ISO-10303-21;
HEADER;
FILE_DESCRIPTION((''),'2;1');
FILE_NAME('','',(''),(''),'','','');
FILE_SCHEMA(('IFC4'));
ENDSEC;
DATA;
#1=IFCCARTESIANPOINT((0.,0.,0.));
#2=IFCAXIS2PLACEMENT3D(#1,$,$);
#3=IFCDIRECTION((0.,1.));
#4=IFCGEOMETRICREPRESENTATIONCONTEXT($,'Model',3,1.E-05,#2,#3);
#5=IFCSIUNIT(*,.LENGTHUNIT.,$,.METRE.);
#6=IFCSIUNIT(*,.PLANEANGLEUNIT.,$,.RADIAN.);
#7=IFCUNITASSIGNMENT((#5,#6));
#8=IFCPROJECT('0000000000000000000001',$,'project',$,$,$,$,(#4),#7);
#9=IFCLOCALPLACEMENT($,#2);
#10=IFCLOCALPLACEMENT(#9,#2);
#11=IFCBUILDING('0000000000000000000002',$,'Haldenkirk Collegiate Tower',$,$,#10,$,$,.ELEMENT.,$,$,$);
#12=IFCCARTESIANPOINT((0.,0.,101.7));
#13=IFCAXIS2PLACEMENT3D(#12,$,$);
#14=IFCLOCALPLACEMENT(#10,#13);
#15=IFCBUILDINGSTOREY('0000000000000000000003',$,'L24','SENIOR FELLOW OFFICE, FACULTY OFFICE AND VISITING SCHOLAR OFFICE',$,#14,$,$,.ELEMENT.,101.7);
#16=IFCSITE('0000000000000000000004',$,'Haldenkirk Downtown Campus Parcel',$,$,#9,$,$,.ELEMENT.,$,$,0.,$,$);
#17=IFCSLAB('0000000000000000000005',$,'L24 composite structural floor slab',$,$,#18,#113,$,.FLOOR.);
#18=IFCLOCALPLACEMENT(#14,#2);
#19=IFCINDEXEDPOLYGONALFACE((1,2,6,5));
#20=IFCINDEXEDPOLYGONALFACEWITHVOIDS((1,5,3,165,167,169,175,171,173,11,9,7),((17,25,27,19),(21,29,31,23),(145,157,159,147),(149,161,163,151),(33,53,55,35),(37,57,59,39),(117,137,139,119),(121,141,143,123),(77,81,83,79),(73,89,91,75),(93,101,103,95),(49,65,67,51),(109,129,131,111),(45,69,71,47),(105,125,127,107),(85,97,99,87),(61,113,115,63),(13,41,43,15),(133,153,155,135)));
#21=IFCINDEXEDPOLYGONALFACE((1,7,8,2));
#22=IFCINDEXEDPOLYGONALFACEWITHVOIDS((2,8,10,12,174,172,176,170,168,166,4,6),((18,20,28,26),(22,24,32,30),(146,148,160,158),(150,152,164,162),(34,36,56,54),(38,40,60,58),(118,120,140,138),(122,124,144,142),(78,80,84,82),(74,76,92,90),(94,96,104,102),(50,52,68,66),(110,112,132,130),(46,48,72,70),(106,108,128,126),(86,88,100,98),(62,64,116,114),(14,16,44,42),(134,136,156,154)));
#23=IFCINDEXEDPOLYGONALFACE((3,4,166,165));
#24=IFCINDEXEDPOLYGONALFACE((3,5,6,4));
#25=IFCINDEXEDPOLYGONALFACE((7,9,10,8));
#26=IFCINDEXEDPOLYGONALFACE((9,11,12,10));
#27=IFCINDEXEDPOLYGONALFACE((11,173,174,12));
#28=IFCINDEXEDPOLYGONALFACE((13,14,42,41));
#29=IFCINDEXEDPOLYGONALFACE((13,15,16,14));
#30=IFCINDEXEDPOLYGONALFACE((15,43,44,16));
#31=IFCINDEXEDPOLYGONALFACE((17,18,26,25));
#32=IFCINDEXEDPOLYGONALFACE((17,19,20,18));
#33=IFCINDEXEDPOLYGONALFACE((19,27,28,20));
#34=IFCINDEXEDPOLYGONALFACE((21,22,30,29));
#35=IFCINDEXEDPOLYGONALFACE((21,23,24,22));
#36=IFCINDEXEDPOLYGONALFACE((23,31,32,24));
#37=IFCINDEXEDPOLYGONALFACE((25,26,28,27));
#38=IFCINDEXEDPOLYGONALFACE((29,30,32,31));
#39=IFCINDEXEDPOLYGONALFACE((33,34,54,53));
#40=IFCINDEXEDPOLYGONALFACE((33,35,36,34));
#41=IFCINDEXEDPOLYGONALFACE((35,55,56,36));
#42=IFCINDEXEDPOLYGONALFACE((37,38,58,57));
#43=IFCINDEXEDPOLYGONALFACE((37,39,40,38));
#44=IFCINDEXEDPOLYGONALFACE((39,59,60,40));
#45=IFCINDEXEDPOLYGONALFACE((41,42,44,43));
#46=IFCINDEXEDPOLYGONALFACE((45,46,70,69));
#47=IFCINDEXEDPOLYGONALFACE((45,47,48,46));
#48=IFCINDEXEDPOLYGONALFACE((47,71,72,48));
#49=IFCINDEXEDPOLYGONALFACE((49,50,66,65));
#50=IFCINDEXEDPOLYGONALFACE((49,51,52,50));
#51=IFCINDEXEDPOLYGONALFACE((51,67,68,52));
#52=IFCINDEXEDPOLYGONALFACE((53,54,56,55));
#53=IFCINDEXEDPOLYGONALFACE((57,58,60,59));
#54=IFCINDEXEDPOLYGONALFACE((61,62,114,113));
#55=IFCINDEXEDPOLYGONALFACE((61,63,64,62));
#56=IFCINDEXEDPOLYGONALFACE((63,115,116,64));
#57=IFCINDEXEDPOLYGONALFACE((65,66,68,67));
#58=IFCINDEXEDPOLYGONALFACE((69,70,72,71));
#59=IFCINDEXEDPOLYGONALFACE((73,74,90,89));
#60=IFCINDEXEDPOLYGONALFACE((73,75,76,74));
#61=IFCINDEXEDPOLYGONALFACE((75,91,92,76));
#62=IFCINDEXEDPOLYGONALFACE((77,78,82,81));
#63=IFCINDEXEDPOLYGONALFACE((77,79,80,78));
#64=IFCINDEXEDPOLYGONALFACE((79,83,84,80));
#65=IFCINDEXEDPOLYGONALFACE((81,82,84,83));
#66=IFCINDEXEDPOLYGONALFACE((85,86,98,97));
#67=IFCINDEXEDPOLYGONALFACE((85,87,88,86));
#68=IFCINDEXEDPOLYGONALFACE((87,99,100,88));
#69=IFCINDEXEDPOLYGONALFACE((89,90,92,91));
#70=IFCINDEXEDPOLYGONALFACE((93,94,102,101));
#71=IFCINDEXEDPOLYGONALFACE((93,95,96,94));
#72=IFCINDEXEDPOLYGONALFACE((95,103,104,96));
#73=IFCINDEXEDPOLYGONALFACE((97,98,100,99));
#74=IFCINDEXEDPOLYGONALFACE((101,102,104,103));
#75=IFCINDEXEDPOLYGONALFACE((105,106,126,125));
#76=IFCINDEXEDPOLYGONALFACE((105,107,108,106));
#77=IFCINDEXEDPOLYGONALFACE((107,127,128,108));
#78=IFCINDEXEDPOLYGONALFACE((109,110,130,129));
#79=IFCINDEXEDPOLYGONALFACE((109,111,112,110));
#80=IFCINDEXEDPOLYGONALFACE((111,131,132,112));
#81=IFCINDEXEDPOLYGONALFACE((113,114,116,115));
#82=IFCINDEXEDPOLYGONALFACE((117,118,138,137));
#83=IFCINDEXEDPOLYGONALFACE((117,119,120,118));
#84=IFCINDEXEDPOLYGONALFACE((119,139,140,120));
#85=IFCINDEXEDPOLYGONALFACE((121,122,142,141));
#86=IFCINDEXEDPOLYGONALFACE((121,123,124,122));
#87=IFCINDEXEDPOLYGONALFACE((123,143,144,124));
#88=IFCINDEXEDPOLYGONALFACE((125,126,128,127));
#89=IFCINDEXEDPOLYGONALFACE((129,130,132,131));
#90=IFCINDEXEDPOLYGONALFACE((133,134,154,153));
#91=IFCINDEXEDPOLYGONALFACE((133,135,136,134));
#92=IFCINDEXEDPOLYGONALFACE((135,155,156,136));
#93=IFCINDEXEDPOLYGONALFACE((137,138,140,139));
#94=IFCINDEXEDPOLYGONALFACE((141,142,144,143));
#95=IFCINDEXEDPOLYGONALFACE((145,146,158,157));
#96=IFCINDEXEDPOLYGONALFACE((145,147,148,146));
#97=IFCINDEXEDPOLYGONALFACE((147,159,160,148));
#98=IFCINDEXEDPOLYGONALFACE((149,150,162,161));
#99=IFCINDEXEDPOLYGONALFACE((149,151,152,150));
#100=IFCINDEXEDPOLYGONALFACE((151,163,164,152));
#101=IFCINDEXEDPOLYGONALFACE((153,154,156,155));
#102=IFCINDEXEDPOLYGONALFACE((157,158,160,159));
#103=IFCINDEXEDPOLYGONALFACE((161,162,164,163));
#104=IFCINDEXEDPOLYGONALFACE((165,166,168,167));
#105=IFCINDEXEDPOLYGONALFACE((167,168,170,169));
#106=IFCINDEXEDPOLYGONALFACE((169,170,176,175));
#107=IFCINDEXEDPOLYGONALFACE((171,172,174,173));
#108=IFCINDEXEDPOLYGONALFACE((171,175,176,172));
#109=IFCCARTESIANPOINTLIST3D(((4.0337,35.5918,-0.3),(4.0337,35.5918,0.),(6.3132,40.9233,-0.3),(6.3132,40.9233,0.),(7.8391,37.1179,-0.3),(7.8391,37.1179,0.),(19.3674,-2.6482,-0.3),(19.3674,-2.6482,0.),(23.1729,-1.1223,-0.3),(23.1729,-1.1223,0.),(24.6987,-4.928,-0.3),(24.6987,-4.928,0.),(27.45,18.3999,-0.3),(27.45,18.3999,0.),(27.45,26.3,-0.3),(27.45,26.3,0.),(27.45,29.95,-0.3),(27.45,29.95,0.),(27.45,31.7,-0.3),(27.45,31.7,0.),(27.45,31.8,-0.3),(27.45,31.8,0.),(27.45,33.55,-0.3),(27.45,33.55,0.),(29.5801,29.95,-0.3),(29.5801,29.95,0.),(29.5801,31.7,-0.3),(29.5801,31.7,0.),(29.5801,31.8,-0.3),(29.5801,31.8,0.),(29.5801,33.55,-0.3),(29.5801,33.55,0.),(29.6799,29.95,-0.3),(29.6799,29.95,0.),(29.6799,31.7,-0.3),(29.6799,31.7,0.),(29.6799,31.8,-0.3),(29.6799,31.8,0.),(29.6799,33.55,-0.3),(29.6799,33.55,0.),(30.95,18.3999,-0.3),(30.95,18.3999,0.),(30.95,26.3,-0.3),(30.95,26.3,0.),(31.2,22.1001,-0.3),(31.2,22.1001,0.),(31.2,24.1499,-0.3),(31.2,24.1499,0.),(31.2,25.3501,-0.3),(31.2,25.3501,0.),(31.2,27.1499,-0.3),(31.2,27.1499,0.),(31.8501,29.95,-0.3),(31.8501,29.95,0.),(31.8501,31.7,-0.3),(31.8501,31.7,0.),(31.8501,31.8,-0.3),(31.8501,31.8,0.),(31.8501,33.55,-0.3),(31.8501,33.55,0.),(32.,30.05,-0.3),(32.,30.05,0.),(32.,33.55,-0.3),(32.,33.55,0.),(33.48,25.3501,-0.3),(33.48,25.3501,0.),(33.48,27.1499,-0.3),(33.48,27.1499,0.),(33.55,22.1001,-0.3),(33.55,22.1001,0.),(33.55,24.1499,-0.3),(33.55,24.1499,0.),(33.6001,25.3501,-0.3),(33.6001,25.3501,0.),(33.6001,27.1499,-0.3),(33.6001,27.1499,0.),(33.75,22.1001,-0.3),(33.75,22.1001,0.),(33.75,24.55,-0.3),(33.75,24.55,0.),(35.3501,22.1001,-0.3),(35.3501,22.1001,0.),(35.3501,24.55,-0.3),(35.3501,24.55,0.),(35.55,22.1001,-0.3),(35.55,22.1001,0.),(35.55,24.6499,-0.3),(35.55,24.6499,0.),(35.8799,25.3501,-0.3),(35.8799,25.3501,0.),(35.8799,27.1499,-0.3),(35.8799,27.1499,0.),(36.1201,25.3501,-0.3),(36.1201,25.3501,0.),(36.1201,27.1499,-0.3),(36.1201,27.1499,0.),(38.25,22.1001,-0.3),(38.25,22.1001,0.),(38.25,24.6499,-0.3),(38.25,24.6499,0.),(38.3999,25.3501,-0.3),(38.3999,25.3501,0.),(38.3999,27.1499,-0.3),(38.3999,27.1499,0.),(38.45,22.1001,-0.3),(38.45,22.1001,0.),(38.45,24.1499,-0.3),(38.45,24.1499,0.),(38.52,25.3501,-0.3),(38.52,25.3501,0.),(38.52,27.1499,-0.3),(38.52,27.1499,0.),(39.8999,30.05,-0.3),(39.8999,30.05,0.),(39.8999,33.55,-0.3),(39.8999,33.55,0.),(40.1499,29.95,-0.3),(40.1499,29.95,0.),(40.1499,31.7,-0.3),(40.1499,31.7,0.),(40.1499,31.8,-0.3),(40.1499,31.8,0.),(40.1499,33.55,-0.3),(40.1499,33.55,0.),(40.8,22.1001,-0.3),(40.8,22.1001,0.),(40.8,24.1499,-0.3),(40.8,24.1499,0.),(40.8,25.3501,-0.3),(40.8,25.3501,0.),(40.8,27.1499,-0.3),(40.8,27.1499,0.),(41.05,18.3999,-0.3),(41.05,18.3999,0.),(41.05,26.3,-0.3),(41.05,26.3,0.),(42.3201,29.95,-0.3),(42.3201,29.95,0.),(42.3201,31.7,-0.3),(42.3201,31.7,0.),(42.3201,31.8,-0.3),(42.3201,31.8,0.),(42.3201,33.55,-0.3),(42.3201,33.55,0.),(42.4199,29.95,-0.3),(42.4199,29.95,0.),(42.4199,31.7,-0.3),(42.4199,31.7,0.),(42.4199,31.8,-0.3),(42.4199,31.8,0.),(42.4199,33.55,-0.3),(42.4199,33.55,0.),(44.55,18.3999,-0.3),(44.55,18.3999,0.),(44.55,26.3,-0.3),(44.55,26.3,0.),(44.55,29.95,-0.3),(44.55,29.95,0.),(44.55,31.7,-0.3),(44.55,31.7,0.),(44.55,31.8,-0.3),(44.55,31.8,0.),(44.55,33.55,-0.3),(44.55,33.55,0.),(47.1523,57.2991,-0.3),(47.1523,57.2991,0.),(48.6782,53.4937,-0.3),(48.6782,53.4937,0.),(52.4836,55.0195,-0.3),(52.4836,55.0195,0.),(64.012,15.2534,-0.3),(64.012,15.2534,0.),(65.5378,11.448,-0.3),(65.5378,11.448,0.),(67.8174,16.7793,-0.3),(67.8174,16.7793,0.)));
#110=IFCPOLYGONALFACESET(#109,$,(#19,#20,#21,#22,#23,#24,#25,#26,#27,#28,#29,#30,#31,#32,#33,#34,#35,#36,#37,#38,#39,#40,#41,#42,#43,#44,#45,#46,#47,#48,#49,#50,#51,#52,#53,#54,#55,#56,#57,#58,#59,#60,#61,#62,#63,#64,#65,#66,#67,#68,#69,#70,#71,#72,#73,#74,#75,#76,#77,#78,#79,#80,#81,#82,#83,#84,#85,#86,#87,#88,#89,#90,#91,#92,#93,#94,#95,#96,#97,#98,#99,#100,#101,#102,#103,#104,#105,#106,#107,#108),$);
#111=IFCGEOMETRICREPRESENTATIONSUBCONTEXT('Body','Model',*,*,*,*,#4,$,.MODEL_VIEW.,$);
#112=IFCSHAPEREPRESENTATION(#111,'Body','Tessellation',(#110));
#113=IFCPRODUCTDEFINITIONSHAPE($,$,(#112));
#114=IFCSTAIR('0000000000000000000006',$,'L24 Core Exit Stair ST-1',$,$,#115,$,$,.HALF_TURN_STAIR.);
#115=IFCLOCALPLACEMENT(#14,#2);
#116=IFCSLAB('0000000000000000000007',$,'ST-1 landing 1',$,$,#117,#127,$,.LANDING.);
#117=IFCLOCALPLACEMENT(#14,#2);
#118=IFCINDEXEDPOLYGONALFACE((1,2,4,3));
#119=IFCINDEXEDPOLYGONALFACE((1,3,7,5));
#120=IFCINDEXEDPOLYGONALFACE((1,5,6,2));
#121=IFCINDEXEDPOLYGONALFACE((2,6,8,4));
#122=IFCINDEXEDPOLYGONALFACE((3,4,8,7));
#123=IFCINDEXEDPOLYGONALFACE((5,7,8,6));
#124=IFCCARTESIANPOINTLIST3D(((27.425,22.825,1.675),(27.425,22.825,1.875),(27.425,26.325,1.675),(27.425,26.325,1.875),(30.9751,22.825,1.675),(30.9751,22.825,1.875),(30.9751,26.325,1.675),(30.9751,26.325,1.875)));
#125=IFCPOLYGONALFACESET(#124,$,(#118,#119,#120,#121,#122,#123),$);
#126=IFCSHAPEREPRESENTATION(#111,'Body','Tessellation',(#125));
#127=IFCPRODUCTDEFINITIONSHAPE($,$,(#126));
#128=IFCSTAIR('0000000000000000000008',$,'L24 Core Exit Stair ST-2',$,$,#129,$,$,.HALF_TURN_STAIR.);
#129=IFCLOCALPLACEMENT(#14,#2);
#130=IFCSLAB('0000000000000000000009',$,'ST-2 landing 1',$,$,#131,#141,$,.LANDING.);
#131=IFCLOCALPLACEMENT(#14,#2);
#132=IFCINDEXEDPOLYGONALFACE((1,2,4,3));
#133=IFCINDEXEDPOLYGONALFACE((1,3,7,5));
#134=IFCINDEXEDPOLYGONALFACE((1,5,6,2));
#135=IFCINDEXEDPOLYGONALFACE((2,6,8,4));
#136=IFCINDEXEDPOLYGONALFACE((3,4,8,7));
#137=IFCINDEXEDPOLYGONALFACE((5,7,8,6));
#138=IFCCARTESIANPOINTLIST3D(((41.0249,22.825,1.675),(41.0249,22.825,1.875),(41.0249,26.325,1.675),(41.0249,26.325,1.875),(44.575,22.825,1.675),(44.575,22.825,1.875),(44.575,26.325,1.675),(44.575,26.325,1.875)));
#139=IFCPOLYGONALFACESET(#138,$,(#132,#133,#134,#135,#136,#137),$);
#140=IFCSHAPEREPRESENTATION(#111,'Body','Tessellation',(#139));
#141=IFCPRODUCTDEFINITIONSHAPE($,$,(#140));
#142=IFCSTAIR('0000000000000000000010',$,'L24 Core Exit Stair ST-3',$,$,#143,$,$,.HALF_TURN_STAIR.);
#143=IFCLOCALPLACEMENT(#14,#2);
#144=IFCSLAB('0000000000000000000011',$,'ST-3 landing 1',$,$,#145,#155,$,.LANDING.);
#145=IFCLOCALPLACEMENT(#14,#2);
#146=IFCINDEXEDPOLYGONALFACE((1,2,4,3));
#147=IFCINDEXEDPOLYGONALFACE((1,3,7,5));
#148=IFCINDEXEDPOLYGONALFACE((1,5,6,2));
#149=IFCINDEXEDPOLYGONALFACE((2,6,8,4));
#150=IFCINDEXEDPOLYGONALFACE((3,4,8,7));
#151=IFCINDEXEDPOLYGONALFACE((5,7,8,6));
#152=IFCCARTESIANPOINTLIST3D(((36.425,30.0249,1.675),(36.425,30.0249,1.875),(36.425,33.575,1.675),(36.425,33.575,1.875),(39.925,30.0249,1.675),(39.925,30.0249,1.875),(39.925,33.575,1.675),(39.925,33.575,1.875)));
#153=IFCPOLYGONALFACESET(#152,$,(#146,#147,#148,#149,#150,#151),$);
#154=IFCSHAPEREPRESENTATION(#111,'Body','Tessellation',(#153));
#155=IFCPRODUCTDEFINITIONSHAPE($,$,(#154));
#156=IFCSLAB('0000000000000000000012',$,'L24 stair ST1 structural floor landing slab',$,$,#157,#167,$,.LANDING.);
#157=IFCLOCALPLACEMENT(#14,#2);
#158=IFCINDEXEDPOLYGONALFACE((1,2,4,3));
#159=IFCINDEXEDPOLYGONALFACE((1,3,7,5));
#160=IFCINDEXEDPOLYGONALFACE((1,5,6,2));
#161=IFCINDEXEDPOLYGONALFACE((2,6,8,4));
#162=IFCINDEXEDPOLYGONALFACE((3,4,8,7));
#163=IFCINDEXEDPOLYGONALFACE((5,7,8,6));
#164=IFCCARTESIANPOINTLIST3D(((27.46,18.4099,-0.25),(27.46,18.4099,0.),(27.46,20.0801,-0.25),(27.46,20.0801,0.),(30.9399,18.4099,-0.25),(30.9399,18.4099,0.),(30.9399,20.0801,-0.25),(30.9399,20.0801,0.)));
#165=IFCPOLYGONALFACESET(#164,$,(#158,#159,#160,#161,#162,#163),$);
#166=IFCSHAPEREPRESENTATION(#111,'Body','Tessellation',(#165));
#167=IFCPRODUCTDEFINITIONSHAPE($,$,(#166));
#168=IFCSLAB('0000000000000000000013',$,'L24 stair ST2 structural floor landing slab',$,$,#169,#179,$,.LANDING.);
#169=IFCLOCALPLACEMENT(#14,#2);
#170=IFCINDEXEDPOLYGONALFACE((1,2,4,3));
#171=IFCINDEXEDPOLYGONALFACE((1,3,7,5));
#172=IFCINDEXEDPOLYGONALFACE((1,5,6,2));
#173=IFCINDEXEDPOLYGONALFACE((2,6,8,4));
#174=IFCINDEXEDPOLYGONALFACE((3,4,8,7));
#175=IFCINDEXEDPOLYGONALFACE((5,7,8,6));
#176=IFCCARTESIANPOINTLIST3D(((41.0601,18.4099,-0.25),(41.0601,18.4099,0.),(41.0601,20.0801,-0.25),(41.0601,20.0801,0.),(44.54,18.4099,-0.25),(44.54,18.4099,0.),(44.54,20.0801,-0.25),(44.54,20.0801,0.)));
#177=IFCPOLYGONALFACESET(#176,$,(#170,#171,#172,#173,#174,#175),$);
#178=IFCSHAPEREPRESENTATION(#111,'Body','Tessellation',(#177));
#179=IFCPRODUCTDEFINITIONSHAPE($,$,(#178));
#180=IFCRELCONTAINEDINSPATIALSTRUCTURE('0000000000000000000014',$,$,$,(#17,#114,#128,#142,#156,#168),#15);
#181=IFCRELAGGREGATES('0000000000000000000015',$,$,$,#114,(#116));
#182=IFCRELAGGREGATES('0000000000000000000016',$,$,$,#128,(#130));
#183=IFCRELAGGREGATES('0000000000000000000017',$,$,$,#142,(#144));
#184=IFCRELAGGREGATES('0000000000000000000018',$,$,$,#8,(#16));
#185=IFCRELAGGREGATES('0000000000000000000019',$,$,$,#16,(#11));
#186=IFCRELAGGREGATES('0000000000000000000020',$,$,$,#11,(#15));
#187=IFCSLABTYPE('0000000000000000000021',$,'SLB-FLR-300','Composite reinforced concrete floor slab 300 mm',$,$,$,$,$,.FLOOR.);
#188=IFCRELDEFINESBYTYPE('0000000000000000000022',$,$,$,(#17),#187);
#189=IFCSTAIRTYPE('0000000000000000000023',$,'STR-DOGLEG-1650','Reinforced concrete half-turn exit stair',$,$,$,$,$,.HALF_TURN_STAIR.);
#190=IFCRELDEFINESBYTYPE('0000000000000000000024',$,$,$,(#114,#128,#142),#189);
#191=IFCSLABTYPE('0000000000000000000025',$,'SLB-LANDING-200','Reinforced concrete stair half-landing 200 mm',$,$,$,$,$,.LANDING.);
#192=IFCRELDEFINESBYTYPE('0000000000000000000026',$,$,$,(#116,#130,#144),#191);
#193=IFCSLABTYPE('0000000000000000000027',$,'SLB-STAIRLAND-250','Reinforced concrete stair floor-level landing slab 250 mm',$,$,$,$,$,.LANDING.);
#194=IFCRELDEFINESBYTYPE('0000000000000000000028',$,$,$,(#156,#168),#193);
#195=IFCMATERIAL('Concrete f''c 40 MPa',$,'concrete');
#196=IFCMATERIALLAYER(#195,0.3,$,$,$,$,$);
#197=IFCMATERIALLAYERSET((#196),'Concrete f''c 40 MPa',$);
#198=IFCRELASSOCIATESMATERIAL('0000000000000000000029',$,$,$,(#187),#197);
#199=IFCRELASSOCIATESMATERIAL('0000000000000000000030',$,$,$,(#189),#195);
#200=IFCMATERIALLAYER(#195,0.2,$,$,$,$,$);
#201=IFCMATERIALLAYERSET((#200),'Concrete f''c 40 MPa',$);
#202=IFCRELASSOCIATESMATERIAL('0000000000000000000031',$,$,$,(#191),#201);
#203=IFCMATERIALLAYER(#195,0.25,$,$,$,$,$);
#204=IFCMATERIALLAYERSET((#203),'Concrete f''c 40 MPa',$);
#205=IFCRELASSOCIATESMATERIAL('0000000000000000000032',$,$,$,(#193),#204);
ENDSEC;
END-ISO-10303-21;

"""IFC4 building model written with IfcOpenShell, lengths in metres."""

from ifc_helpers import new_model, si_unit, direction, frame, origin, place, context, subcontext, project, spatial, polyline, outline, extrude, material, layer, layer_set, type_object, element, aggregate, save


model = new_model("IFC4")

# Units and contexts
model_context = context("Model", 3, precision=1e-05, world=origin(), true_north=direction((0.0, 1.0)))
body_context = subcontext(model_context, "Body", "Model", "MODEL_VIEW")
ifc_project = project(units=[si_unit("LENGTHUNIT", "METRE"), si_unit("PLANEANGLEUNIT", "RADIAN")], contexts=[model_context])

# Site, building, storey
site_placement = place(None, origin())
site = spatial("IfcSite", under=ifc_project, at=site_placement, Name="Haldenkirk Downtown Campus Parcel", CompositionType="ELEMENT", RefElevation=0.0)
building_placement = place(site_placement, origin())
building = spatial("IfcBuilding", under=site, at=building_placement, Name="Haldenkirk Collegiate Tower", CompositionType="ELEMENT")
storey_placement = place(building_placement, frame((0.0, 0.0, 101.7)))
storey = spatial("IfcBuildingStorey", under=building, at=storey_placement, Name="L24", Description="SENIOR FELLOW OFFICE, FACULTY OFFICE AND VISITING SCHOLAR OFFICE", CompositionType="ELEMENT", Elevation=101.7)

# Slab
ifc_material_1 = material(Name="Concrete f'c 40 MPa", Category="concrete")
ifc_layer_1 = layer(ifc_material_1, 0.3)
ifc_layer_set_1 = layer_set([ifc_layer_1], Name="Concrete f'c 40 MPa")
slab_type_1 = type_object("IfcSlabType", Name="SLB-FLR-300", Description="Composite reinforced concrete floor slab 300 mm", PredefinedType="FLOOR", material=ifc_layer_set_1)
slab_1_placement = place(storey_placement, frame((0.0, 0.0, -0.3)))
element("IfcSlab", 1, at=slab_1_placement, inside=storey, type_object=slab_type_1, Name="L24 composite structural floor slab", PredefinedType="FLOOR", context=body_context, shape_type="SweptSolid", body=[
    extrude(outline(polyline([(24.6987, -4.928), (65.5378, 11.448), (64.012, 15.2534), (67.8174, 16.7793), (52.4836, 55.0195), (48.6782, 53.4937), (47.1523, 57.2991), (6.3132, 40.9233), (7.8391, 37.1179), (4.0337, 35.5918), (19.3674, -2.6482), (23.1729, -1.1223), (24.6987, -4.928)]), holes=[polyline([(27.45, 18.3999), (30.95, 18.3999), (30.95, 26.3), (27.45, 26.3), (27.45, 18.3999)]), polyline([(41.05, 18.3999), (44.55, 18.3999), (44.55, 26.3), (41.05, 26.3), (41.05, 18.3999)]), polyline([(32.0, 30.05), (39.8999, 30.05), (39.8999, 33.55), (32.0, 33.55), (32.0, 30.05)]), polyline([(33.75, 22.1001), (35.3501, 22.1001), (35.3501, 24.55), (33.75, 24.55), (33.75, 22.1001)]), polyline([(27.45, 29.95), (29.5801, 29.95), (29.5801, 31.7), (27.45, 31.7), (27.45, 29.95)]), polyline([(29.6799, 29.95), (31.8501, 29.95), (31.8501, 31.7), (29.6799, 31.7), (29.6799, 29.95)]), polyline([(27.45, 31.8), (29.5801, 31.8), (29.5801, 33.55), (27.45, 33.55), (27.45, 31.8)]), polyline([(29.6799, 31.8), (31.8501, 31.8), (31.8501, 33.55), (29.6799, 33.55), (29.6799, 31.8)]), polyline([(40.1499, 29.95), (42.3201, 29.95), (42.3201, 31.7), (40.1499, 31.7), (40.1499, 29.95)]), polyline([(42.4199, 29.95), (44.55, 29.95), (44.55, 31.7), (42.4199, 31.7), (42.4199, 29.95)]), polyline([(40.1499, 31.8), (42.3201, 31.8), (42.3201, 33.55), (40.1499, 33.55), (40.1499, 31.8)]), polyline([(42.4199, 31.8), (44.55, 31.8), (44.55, 33.55), (42.4199, 33.55), (42.4199, 31.8)]), polyline([(31.2, 25.3501), (33.48, 25.3501), (33.48, 27.1499), (31.2, 27.1499), (31.2, 25.3501)]), polyline([(33.6001, 25.3501), (35.8799, 25.3501), (35.8799, 27.1499), (33.6001, 27.1499), (33.6001, 25.3501)]), polyline([(36.1201, 25.3501), (38.3999, 25.3501), (38.3999, 27.1499), (36.1201, 27.1499), (36.1201, 25.3501)]), polyline([(38.52, 25.3501), (40.8, 25.3501), (40.8, 27.1499), (38.52, 27.1499), (38.52, 25.3501)]), polyline([(31.2, 22.1001), (33.55, 22.1001), (33.55, 24.1499), (31.2, 24.1499), (31.2, 22.1001)]), polyline([(38.45, 22.1001), (40.8, 22.1001), (40.8, 24.1499), (38.45, 24.1499), (38.45, 22.1001)]), polyline([(35.55, 22.1001), (38.25, 22.1001), (38.25, 24.6499), (35.55, 24.6499), (35.55, 22.1001)])]), origin(), (0.0, 0.0, 1.0), 0.3),
])

# Stairs, slabs
stair_type = type_object("IfcStairType", Name="STR-DOGLEG-1650", Description="Reinforced concrete half-turn exit stair", PredefinedType="HALF_TURN_STAIR", material=ifc_material_1)
stair_1_placement = place(storey_placement, origin())
stair_1 = element("IfcStair", 2, at=stair_1_placement, inside=storey, type_object=stair_type, Name="L24 Core Exit Stair ST-1", PredefinedType="HALF_TURN_STAIR")
ifc_layer_2 = layer(ifc_material_1, 0.2)
ifc_layer_set_2 = layer_set([ifc_layer_2], Name="Concrete f'c 40 MPa")
slab_type_2 = type_object("IfcSlabType", Name="SLB-LANDING-200", Description="Reinforced concrete stair half-landing 200 mm", PredefinedType="LANDING", material=ifc_layer_set_2)
slab_2_placement = place(storey_placement, frame((0.0, 0.0, 1.675)))
slab_2 = element("IfcSlab", 3, at=slab_2_placement, type_object=slab_type_2, Name="ST-1 landing 1", PredefinedType="LANDING", context=body_context, shape_type="SweptSolid", body=[
    extrude(outline(polyline([(30.9751, 22.825), (27.425, 22.825), (27.425, 26.325), (30.9751, 26.325), (30.9751, 22.825)])), origin(), (0.0, 0.0, 1.0), 0.2),
])
aggregate(stair_1, [slab_2])
stair_2_placement = place(storey_placement, origin())
stair_2 = element("IfcStair", 4, at=stair_2_placement, inside=storey, type_object=stair_type, Name="L24 Core Exit Stair ST-2", PredefinedType="HALF_TURN_STAIR")
slab_3_placement = place(storey_placement, frame((0.0, 0.0, 1.675)))
slab_3 = element("IfcSlab", 5, at=slab_3_placement, type_object=slab_type_2, Name="ST-2 landing 1", PredefinedType="LANDING", context=body_context, shape_type="SweptSolid", body=[
    extrude(outline(polyline([(44.575, 22.825), (41.0249, 22.825), (41.0249, 26.325), (44.575, 26.325), (44.575, 22.825)])), origin(), (0.0, 0.0, 1.0), 0.2),
])
aggregate(stair_2, [slab_3])
stair_3_placement = place(storey_placement, origin())
stair_3 = element("IfcStair", 6, at=stair_3_placement, inside=storey, type_object=stair_type, Name="L24 Core Exit Stair ST-3", PredefinedType="HALF_TURN_STAIR")
slab_4_placement = place(storey_placement, frame((0.0, 0.0, 1.675)))
slab_4 = element("IfcSlab", 7, at=slab_4_placement, type_object=slab_type_2, Name="ST-3 landing 1", PredefinedType="LANDING", context=body_context, shape_type="SweptSolid", body=[
    extrude(outline(polyline([(36.425, 30.0249), (36.425, 33.575), (39.925, 33.575), (39.925, 30.0249), (36.425, 30.0249)])), origin(), (0.0, 0.0, 1.0), 0.2),
])
aggregate(stair_3, [slab_4])

# Slabs
ifc_layer_3 = layer(ifc_material_1, 0.25)
ifc_layer_set_3 = layer_set([ifc_layer_3], Name="Concrete f'c 40 MPa")
slab_type_3 = type_object("IfcSlabType", Name="SLB-STAIRLAND-250", Description="Reinforced concrete stair floor-level landing slab 250 mm", PredefinedType="LANDING", material=ifc_layer_set_3)
slab_5_placement = place(storey_placement, frame((0.0, 0.0, -0.25)))
element("IfcSlab", 8, at=slab_5_placement, inside=storey, type_object=slab_type_3, Name="L24 stair ST1 structural floor landing slab", PredefinedType="LANDING", context=body_context, shape_type="SweptSolid", body=[
    extrude(outline(polyline([(27.46, 18.4099), (30.9399, 18.4099), (30.9399, 20.0801), (27.46, 20.0801), (27.46, 18.4099)])), origin(), (0.0, 0.0, 1.0), 0.25),
])
slab_6_placement = place(storey_placement, frame((0.0, 0.0, -0.25)))
element("IfcSlab", 9, at=slab_6_placement, inside=storey, type_object=slab_type_3, Name="L24 stair ST2 structural floor landing slab", PredefinedType="LANDING", context=body_context, shape_type="SweptSolid", body=[
    extrude(outline(polyline([(41.0601, 18.4099), (44.54, 18.4099), (44.54, 20.0801), (41.0601, 20.0801), (41.0601, 18.4099)])), origin(), (0.0, 0.0, 1.0), 0.25),
])

save(model, "model.ifc")
